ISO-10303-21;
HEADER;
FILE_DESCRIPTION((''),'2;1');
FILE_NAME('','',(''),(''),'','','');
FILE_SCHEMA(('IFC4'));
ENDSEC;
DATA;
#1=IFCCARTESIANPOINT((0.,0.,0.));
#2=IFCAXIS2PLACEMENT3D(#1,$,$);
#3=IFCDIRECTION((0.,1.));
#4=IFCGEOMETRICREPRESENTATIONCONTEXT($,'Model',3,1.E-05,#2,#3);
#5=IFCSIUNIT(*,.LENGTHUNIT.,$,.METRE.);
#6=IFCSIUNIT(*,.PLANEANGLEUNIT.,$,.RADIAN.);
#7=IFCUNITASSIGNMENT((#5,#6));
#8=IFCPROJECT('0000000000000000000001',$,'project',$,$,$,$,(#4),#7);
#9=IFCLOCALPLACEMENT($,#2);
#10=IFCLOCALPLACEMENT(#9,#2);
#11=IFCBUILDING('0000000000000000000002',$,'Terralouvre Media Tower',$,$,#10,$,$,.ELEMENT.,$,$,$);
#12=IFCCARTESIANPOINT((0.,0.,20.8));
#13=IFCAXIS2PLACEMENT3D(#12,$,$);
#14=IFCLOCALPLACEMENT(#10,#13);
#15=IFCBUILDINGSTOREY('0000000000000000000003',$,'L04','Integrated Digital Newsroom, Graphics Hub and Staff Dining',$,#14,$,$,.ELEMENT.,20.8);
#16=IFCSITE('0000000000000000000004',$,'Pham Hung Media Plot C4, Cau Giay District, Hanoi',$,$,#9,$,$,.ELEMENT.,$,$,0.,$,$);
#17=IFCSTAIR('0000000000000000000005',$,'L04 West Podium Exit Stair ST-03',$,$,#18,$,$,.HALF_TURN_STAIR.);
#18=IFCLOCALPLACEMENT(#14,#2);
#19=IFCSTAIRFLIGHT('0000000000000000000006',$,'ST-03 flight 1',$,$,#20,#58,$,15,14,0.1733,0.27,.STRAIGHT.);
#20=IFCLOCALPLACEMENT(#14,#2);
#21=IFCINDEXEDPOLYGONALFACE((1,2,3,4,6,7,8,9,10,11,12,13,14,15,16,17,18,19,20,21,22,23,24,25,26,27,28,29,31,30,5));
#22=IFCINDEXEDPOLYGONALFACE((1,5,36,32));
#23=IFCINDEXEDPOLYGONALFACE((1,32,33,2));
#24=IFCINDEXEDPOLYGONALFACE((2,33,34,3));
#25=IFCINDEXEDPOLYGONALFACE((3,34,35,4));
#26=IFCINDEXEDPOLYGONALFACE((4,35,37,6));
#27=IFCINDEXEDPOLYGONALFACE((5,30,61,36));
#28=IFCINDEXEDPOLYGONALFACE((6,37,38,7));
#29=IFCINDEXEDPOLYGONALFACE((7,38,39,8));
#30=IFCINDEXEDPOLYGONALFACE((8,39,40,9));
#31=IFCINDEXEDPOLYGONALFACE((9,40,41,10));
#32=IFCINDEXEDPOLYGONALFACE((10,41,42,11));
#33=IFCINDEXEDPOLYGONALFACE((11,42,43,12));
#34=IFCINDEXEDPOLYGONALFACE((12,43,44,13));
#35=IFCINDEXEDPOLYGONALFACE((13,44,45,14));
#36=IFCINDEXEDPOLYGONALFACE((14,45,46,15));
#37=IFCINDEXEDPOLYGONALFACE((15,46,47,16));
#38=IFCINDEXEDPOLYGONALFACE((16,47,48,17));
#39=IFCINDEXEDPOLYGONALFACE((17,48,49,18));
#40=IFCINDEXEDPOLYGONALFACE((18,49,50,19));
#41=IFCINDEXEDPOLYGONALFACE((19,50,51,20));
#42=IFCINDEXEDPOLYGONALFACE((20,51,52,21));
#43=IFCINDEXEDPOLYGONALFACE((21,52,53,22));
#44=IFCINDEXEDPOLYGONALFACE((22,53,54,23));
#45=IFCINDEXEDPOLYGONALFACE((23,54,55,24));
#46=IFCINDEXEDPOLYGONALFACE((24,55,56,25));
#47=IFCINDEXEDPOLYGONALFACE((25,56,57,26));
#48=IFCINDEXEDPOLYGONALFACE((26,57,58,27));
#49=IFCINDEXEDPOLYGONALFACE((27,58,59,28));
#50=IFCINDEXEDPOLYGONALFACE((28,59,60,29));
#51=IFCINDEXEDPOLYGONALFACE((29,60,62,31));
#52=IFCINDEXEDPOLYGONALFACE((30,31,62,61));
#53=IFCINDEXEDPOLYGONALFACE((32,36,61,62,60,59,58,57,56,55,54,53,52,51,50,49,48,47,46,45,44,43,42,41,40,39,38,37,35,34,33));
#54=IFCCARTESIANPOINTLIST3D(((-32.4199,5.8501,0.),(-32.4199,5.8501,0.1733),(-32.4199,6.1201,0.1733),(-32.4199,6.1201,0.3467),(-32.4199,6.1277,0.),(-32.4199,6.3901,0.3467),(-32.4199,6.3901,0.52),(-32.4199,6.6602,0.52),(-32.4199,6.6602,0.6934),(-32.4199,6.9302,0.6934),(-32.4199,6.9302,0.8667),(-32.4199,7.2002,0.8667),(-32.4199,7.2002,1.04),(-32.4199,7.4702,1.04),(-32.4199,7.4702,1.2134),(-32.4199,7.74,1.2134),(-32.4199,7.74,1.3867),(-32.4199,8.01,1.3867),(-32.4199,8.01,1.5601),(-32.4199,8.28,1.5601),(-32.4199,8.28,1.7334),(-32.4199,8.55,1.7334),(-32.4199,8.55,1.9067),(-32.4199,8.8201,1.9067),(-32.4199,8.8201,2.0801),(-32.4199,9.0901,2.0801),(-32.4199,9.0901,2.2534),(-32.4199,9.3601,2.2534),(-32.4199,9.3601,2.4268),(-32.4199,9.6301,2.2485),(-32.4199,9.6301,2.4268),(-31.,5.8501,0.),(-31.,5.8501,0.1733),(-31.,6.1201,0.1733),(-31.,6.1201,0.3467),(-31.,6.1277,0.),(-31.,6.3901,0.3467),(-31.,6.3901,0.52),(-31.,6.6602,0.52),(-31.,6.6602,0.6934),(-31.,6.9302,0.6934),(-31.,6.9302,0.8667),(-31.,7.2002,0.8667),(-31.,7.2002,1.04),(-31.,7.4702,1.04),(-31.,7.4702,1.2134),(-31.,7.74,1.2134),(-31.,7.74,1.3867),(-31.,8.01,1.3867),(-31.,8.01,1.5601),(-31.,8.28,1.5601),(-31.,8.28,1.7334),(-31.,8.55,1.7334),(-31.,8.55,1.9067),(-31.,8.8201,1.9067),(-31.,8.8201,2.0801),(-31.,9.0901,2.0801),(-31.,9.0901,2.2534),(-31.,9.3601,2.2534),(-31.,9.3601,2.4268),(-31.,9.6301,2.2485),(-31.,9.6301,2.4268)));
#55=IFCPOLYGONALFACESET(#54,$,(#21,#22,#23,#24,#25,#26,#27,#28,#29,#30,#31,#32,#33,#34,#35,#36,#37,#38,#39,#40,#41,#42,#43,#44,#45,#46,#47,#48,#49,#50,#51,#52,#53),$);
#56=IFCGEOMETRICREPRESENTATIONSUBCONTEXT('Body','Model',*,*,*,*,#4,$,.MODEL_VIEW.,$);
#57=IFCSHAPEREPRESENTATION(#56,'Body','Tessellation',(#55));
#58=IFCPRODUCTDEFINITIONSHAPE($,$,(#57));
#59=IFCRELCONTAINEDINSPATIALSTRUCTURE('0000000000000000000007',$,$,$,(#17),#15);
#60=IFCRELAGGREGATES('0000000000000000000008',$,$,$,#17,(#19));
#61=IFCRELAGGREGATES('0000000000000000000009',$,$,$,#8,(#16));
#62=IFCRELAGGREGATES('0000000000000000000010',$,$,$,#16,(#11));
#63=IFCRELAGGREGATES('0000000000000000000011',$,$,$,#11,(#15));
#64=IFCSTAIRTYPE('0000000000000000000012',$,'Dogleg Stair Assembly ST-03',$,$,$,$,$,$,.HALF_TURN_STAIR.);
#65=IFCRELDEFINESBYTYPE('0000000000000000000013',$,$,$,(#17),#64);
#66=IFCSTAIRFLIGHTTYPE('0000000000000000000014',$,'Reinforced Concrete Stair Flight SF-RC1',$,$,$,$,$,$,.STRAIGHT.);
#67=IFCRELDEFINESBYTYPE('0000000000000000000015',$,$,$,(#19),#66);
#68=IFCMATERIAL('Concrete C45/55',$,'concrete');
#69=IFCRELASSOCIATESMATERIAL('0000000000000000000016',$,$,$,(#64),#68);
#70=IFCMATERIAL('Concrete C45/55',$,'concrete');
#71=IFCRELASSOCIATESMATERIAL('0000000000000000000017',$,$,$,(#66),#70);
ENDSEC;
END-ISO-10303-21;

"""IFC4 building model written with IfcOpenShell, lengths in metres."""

from ifc_helpers import new_model, si_unit, direction, frame, origin, place, context, subcontext, project, spatial, polyline, outline, extrude, material, type_object, element, aggregate, save


model = new_model("IFC4")

# Units and contexts
model_context = context("Model", 3, precision=1e-05, world=origin(), true_north=direction((0.0, 1.0)))
body_context = subcontext(model_context, "Body", "Model", "MODEL_VIEW")
ifc_project = project(units=[si_unit("LENGTHUNIT", "METRE"), si_unit("PLANEANGLEUNIT", "RADIAN")], contexts=[model_context])

# Site, building, storey
site_placement = place(None, origin())
site = spatial("IfcSite", under=ifc_project, at=site_placement, Name="Pham Hung Media Plot C4, Cau Giay District, Hanoi", CompositionType="ELEMENT", RefElevation=0.0)
building_placement = place(site_placement, origin())
building = spatial("IfcBuilding", under=site, at=building_placement, Name="Terralouvre Media Tower", CompositionType="ELEMENT")
storey_placement = place(building_placement, frame((0.0, 0.0, 20.8)))
storey = spatial("IfcBuildingStorey", under=building, at=storey_placement, Name="L04", Description="Integrated Digital Newsroom, Graphics Hub and Staff Dining", CompositionType="ELEMENT", Elevation=20.8)

# Stair, stair flight
ifc_material_1 = material(Name="Concrete C45/55", Category="concrete")
stair_type = type_object("IfcStairType", Name="Dogleg Stair Assembly ST-03", PredefinedType="HALF_TURN_STAIR", material=ifc_material_1)
stair_placement = place(storey_placement, origin())
stair = element("IfcStair", 1, at=stair_placement, inside=storey, type_object=stair_type, Name="L04 West Podium Exit Stair ST-03", PredefinedType="HALF_TURN_STAIR")
ifc_material_2 = material(Name="Concrete C45/55", Category="concrete")
stair_flight_type = type_object("IfcStairFlightType", Name="Reinforced Concrete Stair Flight SF-RC1", PredefinedType="STRAIGHT", material=ifc_material_2)
stair_flight_placement = place(storey_placement, frame((-31.71, 5.8501, 0.0), z_axis=(0.0, 0.0, 1.0), x_axis=(0.0, 1.0, 0.0)))
stair_flight = element("IfcStairFlight", 2, at=stair_flight_placement, type_object=stair_flight_type, Name="ST-03 flight 1", NumberOfRisers=15, NumberOfTreads=14, PredefinedType="STRAIGHT", RiserHeight=0.1733, TreadLength=0.27, context=body_context, shape_type="SweptSolid", body=[
    extrude(outline(polyline([(0.0, 0.0), (0.0, 0.1733), (0.27, 0.1733), (0.27, 0.3467), (0.54, 0.3467), (0.54, 0.52), (0.8101, 0.52), (0.8101, 0.6934), (1.0801, 0.6934), (1.0801, 0.8667), (1.3501, 0.8667), (1.3501, 1.04), (1.6201, 1.04), (1.6201, 1.2134), (1.8899, 1.2134), (1.8899, 1.3867), (2.1599, 1.3867), (2.1599, 1.5601), (2.4299, 1.5601), (2.4299, 1.7334), (2.7, 1.7334), (2.7, 1.9067), (2.97, 1.9067), (2.97, 2.0801), (3.24, 2.0801), (3.24, 2.2534), (3.51, 2.2534), (3.51, 2.4268), (3.78, 2.4268), (3.78, 2.6001), (3.78, 2.2485), (0.2776, 0.0), (0.0, 0.0)])), frame((0.0, 0.71, 0.0), z_axis=(0.0, -1.0, 0.0), x_axis=(1.0, 0.0, 0.0)), (0.0, 0.0, 1.0), 1.4199),
])
aggregate(stair, [stair_flight])

save(model, "model.ifc")
